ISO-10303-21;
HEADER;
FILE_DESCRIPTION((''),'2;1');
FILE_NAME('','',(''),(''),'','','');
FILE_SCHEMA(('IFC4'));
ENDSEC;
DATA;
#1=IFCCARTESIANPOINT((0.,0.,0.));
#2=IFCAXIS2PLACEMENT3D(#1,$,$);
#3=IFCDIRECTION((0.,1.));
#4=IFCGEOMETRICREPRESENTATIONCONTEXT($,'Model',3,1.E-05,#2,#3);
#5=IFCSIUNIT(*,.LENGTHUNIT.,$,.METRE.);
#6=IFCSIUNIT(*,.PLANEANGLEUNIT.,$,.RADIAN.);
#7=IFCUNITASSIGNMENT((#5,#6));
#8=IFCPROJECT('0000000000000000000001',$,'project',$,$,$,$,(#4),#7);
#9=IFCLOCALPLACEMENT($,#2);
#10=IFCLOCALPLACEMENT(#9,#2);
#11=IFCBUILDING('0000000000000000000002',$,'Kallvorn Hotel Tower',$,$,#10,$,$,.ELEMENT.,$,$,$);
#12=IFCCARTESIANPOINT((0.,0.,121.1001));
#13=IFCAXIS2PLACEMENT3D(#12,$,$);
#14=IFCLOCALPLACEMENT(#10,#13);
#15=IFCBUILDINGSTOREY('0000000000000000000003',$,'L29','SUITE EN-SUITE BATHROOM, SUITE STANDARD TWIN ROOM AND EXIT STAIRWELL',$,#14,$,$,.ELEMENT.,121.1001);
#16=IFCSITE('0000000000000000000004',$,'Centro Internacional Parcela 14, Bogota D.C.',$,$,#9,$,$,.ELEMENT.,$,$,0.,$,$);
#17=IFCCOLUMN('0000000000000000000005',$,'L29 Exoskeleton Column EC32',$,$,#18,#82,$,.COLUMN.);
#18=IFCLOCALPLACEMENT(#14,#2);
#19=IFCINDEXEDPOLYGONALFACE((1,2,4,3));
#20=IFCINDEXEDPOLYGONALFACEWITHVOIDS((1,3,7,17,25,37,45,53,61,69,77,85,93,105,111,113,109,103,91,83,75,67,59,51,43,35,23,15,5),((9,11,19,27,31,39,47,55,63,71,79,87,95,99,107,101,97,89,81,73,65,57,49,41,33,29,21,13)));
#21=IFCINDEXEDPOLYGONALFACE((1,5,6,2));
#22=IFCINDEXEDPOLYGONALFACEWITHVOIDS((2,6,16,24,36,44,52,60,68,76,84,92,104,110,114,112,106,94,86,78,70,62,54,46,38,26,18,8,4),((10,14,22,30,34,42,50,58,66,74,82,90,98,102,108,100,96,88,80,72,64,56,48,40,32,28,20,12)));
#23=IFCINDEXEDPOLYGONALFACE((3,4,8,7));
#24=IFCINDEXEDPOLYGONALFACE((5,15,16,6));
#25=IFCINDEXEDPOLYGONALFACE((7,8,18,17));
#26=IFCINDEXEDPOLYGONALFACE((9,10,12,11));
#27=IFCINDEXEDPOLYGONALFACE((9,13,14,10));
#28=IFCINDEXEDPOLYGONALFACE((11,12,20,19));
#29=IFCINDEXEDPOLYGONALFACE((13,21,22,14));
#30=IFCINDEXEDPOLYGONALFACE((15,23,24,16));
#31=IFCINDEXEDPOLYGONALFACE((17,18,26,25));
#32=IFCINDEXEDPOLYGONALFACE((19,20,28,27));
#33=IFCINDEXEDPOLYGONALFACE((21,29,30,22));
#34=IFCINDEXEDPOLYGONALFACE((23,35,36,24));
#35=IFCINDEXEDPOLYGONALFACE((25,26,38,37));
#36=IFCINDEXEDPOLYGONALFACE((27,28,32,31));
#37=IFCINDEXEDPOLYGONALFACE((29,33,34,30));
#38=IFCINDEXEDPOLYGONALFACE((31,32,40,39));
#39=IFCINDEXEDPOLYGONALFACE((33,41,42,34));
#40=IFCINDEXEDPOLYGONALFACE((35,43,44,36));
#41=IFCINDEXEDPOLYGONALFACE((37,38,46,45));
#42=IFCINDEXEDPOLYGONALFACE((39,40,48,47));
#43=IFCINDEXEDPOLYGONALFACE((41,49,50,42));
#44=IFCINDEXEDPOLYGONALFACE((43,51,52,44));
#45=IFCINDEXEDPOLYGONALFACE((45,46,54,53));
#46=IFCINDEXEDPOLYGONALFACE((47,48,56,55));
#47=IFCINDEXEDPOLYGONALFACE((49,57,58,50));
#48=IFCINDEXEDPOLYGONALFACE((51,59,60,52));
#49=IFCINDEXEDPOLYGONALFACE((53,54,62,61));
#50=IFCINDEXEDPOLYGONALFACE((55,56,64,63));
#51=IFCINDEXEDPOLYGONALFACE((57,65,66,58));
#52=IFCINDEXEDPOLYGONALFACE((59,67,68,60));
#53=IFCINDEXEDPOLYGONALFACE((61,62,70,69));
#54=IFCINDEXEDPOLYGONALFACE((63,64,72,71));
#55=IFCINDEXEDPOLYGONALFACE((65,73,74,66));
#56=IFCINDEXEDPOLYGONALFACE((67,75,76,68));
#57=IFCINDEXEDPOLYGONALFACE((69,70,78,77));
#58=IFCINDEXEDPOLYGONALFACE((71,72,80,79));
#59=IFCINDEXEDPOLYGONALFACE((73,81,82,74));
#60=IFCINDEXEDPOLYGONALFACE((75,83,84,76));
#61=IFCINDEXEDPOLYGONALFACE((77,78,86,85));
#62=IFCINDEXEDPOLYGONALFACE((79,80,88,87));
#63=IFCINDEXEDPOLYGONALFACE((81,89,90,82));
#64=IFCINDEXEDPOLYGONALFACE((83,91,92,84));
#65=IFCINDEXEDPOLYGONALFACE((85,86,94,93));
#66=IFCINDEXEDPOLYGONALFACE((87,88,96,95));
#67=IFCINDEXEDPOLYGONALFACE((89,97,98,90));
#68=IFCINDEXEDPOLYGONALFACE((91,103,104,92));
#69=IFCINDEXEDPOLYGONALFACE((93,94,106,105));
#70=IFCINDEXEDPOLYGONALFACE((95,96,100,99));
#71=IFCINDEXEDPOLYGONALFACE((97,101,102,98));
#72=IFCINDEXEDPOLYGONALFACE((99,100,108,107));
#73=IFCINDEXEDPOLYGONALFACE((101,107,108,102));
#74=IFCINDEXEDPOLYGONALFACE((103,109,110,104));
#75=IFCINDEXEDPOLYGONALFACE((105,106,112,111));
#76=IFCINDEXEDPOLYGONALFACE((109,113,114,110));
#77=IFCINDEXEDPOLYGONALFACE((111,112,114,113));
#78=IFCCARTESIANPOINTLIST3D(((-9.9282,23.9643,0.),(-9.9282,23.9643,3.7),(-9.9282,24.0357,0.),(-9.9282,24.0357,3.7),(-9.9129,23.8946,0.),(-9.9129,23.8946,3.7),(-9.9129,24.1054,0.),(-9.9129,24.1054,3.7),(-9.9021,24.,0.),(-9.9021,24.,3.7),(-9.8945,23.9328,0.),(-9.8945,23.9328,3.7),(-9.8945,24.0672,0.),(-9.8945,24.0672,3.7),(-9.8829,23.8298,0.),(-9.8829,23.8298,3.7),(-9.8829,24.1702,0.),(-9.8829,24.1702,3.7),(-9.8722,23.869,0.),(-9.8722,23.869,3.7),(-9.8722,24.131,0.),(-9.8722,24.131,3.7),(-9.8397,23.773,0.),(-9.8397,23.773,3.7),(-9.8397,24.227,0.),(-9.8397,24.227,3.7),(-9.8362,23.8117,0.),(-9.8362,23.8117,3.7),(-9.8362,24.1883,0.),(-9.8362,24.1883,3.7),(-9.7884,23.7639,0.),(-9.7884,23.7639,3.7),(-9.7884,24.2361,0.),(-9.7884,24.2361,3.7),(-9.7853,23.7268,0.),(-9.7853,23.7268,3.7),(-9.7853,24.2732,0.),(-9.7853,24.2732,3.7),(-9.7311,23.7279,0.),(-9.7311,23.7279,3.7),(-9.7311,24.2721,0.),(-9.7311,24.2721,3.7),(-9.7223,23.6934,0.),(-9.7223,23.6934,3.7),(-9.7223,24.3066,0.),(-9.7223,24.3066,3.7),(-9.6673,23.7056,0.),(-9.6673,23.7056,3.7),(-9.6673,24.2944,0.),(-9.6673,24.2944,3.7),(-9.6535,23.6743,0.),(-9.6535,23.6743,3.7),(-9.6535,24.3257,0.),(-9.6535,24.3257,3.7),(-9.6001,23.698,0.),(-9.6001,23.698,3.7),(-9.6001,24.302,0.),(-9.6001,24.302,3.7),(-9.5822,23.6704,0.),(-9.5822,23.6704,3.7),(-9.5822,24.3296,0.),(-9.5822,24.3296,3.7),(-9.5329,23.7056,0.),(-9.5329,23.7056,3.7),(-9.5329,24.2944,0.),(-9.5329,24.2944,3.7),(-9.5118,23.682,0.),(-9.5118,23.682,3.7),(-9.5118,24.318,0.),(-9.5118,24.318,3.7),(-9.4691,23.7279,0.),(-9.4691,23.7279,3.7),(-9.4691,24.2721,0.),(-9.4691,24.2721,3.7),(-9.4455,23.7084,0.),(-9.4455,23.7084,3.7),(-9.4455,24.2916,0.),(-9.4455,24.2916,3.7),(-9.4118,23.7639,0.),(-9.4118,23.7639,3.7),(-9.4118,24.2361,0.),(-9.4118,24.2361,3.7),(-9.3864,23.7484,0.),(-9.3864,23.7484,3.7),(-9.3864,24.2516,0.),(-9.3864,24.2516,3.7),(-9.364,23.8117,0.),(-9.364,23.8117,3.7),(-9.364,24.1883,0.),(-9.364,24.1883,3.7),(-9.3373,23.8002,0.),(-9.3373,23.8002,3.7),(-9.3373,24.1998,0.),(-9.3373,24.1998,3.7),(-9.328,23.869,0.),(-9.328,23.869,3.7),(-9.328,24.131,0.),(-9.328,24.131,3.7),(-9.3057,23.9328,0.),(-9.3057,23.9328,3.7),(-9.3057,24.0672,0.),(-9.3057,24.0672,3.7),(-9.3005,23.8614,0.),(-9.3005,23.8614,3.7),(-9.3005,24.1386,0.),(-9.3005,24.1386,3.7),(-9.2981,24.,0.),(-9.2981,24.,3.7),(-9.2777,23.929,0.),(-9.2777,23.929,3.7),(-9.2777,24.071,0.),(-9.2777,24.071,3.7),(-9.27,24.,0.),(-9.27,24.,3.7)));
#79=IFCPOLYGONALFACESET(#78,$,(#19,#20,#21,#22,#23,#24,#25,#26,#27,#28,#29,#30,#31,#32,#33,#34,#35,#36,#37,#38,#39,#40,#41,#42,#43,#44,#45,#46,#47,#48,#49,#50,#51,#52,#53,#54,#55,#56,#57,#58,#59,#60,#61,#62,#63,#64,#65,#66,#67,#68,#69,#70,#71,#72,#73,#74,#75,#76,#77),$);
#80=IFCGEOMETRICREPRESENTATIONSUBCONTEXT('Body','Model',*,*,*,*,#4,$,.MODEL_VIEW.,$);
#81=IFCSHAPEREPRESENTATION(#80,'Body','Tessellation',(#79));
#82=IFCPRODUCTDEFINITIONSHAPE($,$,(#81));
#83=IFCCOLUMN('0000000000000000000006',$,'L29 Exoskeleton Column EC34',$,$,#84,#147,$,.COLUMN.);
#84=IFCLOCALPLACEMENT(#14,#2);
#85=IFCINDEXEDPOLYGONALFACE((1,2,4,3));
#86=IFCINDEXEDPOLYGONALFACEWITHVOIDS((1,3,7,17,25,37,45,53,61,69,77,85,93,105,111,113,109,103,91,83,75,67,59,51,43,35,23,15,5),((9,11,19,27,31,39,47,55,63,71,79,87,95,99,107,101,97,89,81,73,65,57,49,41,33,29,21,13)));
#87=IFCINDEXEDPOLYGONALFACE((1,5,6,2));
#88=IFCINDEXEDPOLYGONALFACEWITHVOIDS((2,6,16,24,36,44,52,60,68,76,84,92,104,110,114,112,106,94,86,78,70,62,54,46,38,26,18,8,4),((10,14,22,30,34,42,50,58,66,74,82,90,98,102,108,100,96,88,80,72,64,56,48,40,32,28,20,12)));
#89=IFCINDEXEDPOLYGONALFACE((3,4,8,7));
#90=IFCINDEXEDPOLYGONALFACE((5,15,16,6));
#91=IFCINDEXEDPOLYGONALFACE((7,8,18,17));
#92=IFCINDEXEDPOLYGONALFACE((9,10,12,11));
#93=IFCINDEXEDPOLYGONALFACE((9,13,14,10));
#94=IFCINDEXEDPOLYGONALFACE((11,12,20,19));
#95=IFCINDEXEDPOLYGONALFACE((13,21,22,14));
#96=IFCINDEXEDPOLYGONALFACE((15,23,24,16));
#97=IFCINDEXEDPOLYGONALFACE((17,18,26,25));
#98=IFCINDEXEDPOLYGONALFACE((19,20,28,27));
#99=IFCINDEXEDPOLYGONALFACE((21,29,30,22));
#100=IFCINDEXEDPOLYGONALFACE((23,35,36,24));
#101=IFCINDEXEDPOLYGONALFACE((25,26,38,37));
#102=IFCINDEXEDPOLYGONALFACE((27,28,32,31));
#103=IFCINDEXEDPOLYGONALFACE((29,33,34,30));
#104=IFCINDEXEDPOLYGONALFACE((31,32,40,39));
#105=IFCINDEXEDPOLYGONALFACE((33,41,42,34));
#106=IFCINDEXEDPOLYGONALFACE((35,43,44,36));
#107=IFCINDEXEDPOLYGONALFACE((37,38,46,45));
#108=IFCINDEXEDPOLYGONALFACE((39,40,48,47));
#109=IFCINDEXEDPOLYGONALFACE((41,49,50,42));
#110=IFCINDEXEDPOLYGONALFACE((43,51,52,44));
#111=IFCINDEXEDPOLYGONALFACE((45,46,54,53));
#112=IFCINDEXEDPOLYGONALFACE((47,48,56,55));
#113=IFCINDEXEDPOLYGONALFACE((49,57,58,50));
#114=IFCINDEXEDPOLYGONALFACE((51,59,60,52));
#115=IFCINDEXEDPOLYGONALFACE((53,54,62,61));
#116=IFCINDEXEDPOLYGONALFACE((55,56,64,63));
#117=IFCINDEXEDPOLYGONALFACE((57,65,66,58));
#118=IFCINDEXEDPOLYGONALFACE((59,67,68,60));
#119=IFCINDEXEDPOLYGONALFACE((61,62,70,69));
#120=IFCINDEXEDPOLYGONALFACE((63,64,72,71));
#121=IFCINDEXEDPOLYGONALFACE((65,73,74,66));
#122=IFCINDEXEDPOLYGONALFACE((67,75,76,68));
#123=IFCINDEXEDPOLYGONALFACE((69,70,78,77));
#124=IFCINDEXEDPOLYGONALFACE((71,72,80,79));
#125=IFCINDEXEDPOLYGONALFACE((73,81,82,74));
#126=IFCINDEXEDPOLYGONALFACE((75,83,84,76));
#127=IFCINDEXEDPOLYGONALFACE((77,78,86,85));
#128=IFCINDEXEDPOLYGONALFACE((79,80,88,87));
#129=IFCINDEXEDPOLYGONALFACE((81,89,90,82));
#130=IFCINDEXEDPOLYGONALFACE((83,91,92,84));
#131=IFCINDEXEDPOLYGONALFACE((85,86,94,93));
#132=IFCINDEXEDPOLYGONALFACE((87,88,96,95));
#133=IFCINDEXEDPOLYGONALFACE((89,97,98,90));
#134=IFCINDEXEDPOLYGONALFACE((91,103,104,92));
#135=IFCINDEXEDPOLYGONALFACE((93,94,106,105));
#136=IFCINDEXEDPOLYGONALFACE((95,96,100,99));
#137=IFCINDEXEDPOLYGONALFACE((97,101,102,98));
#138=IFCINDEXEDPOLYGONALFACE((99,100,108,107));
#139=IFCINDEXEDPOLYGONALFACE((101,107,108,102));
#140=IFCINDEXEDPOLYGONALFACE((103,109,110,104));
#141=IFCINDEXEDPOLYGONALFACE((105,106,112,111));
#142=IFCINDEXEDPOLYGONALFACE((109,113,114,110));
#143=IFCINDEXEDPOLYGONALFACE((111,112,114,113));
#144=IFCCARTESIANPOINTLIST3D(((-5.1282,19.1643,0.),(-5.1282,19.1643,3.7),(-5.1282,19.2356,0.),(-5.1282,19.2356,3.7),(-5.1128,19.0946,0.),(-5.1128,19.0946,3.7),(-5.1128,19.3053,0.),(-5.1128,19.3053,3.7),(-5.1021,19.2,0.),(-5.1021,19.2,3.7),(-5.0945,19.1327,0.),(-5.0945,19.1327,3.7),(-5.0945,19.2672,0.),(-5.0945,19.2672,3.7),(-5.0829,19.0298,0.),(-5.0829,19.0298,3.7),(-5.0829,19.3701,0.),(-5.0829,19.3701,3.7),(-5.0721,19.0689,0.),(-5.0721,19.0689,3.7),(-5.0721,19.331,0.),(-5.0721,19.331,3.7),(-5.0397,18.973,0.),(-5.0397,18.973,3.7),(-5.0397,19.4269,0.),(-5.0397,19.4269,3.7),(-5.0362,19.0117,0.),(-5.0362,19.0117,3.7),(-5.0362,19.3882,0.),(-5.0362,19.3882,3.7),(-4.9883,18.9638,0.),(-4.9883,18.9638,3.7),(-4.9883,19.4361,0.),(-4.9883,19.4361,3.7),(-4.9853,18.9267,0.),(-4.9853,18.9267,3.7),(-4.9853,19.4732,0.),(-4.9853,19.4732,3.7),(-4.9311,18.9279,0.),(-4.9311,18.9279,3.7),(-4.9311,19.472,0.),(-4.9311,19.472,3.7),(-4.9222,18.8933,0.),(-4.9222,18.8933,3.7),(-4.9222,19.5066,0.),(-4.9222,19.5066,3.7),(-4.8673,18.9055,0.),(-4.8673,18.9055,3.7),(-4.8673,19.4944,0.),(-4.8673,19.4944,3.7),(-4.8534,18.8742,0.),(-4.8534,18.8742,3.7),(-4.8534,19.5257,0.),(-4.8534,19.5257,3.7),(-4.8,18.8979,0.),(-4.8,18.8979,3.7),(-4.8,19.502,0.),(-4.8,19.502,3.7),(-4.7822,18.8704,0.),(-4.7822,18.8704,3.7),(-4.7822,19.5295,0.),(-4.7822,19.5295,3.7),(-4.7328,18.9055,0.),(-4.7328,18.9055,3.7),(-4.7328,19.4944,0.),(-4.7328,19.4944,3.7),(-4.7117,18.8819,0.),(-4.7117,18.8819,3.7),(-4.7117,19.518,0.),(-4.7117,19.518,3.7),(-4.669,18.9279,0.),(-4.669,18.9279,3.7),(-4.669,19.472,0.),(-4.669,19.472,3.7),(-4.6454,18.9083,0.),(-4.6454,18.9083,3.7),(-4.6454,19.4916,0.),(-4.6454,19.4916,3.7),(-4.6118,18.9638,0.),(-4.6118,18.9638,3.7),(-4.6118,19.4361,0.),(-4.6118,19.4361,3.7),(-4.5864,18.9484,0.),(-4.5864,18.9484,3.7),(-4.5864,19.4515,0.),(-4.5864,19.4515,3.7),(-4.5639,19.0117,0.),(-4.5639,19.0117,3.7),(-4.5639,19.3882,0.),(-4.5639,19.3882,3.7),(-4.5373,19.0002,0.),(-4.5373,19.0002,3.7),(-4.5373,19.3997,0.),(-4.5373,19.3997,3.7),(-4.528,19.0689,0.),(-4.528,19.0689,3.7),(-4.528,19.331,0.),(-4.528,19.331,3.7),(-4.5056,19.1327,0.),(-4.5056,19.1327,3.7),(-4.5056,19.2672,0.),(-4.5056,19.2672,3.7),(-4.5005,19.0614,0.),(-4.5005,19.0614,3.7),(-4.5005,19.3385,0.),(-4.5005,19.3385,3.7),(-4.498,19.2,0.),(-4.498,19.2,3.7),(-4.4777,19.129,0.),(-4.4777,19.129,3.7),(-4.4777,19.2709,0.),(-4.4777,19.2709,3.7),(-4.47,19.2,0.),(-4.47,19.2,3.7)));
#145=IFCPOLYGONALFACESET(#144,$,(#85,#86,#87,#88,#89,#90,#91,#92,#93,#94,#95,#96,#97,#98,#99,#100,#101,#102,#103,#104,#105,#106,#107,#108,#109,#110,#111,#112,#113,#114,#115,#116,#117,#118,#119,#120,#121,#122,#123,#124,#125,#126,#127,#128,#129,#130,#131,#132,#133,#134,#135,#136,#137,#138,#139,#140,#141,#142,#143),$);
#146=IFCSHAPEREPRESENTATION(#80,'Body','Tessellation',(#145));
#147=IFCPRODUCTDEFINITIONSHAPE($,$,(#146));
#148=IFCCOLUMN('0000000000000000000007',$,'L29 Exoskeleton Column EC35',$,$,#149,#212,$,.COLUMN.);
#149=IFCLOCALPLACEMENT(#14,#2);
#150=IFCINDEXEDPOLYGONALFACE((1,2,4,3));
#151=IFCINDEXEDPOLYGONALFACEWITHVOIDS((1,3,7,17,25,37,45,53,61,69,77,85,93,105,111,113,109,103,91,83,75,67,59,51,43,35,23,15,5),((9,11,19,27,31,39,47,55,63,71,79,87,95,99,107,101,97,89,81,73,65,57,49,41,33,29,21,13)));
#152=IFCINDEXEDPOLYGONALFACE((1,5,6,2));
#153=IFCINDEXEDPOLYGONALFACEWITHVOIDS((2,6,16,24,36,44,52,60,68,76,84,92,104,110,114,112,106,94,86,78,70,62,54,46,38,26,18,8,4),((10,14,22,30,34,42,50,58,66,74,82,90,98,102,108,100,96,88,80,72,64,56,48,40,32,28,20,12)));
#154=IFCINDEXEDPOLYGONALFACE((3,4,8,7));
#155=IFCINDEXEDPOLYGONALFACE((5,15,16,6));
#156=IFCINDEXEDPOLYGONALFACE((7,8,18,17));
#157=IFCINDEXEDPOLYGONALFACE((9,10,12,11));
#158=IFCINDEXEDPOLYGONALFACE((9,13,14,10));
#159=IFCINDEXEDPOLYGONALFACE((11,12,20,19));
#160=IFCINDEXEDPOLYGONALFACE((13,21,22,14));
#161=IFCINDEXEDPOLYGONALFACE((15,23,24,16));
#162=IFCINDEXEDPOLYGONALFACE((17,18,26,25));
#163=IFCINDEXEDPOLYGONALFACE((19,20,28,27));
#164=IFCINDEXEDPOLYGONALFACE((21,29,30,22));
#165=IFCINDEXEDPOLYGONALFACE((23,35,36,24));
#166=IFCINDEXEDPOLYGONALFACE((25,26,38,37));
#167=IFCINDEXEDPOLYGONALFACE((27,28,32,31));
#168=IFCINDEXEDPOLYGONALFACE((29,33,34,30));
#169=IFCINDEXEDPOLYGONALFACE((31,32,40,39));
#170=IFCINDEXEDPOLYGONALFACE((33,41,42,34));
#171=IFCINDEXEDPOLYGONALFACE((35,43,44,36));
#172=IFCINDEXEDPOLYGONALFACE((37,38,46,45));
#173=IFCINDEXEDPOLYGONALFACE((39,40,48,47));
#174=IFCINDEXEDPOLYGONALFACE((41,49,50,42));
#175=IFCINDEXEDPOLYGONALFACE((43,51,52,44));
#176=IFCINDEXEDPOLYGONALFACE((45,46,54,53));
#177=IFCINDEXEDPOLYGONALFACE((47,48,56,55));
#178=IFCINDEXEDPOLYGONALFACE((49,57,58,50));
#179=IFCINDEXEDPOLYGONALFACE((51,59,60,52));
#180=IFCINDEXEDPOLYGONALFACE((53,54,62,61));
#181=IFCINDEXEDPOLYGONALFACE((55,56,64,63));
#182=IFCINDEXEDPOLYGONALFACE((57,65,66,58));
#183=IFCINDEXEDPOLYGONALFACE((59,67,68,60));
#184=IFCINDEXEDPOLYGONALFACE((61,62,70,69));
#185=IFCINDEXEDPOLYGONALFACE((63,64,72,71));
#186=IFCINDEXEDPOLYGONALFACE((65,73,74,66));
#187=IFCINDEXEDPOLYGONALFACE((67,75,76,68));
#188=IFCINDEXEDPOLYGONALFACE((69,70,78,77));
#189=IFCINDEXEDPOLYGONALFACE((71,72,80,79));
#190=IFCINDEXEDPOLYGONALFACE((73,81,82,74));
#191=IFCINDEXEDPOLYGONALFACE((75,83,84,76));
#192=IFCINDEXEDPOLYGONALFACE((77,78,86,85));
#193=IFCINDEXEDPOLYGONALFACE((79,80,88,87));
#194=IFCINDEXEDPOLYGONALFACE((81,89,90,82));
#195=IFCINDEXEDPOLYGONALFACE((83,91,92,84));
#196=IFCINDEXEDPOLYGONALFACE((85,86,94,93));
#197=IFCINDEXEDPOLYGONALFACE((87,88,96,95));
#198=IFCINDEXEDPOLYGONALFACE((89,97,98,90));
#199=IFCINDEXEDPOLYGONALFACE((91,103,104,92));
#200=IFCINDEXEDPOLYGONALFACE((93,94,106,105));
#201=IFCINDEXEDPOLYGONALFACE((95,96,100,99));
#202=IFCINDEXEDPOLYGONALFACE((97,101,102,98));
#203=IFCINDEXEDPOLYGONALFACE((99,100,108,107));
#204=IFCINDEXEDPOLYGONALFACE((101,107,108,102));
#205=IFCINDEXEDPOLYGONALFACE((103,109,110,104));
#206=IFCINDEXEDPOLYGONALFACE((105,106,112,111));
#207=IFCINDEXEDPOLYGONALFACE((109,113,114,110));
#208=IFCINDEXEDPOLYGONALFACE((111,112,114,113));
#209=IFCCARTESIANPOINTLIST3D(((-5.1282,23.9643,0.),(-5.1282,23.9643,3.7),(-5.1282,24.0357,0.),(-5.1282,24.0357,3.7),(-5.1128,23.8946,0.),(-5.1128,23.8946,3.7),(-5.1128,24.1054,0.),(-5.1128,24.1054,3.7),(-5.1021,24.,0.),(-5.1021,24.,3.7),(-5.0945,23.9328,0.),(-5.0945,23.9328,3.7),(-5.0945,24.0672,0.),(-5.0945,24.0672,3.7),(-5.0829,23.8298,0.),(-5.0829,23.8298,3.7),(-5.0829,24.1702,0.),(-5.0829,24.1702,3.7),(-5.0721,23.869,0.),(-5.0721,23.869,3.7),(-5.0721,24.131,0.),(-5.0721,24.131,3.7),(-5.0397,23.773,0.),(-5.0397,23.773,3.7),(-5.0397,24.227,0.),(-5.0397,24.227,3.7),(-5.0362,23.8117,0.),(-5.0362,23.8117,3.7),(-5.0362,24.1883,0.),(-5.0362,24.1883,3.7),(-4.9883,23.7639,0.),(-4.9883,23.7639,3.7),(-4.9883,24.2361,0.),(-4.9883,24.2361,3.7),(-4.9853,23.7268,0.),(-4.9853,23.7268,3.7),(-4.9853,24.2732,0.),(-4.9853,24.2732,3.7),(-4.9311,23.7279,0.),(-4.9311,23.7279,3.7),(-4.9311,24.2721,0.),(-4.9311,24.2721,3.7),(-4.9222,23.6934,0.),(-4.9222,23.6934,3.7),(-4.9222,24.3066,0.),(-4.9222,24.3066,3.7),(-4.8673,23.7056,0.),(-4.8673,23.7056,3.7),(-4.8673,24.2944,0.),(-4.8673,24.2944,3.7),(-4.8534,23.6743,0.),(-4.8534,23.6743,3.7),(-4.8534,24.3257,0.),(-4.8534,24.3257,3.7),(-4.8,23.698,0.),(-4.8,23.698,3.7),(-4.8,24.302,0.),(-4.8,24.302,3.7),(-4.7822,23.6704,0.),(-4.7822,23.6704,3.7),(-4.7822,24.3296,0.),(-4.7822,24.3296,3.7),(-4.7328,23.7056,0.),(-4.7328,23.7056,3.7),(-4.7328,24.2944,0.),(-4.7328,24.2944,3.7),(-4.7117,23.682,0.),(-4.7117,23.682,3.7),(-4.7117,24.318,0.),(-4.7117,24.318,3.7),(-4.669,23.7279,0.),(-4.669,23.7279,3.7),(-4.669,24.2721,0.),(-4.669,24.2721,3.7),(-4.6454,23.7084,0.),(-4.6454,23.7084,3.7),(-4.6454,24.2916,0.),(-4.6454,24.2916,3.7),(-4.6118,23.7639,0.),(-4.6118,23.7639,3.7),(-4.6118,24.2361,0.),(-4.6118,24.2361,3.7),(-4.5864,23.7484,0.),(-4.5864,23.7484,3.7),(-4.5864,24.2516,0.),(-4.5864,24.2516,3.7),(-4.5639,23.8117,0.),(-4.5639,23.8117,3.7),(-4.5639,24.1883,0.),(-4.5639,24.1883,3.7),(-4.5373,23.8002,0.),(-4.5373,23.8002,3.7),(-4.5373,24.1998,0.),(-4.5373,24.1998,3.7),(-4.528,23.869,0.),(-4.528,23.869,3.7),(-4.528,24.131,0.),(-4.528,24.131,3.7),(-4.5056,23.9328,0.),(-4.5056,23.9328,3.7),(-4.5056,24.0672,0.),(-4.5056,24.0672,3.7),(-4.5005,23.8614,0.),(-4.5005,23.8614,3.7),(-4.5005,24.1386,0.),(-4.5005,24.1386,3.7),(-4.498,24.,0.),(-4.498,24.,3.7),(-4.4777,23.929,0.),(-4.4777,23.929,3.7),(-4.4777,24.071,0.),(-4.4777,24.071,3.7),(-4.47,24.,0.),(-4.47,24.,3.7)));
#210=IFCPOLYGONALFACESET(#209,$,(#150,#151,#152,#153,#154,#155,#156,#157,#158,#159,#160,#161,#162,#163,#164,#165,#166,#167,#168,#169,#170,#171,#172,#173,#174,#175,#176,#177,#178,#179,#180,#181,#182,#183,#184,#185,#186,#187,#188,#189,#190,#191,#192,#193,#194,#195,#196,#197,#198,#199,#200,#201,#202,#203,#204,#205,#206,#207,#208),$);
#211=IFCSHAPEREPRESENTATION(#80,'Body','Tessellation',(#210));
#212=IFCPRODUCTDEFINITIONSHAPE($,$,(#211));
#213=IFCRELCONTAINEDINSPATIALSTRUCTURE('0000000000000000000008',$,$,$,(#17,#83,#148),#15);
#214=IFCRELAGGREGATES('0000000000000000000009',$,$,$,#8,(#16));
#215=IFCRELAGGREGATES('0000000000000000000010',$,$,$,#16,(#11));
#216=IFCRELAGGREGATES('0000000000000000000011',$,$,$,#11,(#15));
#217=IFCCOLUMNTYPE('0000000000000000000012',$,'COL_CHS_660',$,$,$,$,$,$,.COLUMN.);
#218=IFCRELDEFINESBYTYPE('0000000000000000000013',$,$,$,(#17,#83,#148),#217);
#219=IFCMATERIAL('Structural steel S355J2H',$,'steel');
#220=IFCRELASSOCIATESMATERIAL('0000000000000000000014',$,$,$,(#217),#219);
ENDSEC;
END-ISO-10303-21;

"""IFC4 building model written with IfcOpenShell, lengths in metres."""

from ifc_helpers import new_model, si_unit, direction, frame, origin, origin_2d, place, context, subcontext, project, spatial, hollow_circle, extrude, material, material_profile, profile_set, type_object, element, save


model = new_model("IFC4")

# Units and contexts
model_context = context("Model", 3, precision=1e-05, world=origin(), true_north=direction((0.0, 1.0)))
body_context = subcontext(model_context, "Body", "Model", "MODEL_VIEW")
ifc_project = project(units=[si_unit("LENGTHUNIT", "METRE"), si_unit("PLANEANGLEUNIT", "RADIAN")], contexts=[model_context])

# Site, building, storey
site_placement = place(None, origin())
site = spatial("IfcSite", under=ifc_project, at=site_placement, Name="Centro Internacional Parcela 14, Bogota D.C.", CompositionType="ELEMENT", RefElevation=0.0)
building_placement = place(site_placement, origin())
building = spatial("IfcBuilding", under=site, at=building_placement, Name="Kallvorn Hotel Tower", CompositionType="ELEMENT")
storey_placement = place(building_placement, frame((0.0, 0.0, 121.1001)))
storey = spatial("IfcBuildingStorey", under=building, at=storey_placement, Name="L29", Description="SUITE EN-SUITE BATHROOM, SUITE STANDARD TWIN ROOM AND EXIT STAIRWELL", CompositionType="ELEMENT", Elevation=121.1001)

# Columns
ifc_material_1 = material(Name="Structural steel S355J2H", Category="steel")
ifc_material_profile_1 = material_profile(ifc_material_1, hollow_circle(Radius=0.3301, WallThickness=0.0281, at=origin_2d()), Name="CHS 660x28")
ifc_profile_set_1 = profile_set([ifc_material_profile_1], Name="Structural steel S355J2H")
column_type_1 = type_object("IfcColumnType", Name="COL_CHS_660", PredefinedType="COLUMN", material=ifc_profile_set_1)
for number, where, z_axis, x_axis, name in (
    (1, (-9.6001, 24.0, 0.0), (0.0, 0.0, 1.0), (1.0, 0.0, 0.0), "L29 Exoskeleton Column EC32"),
    (2, (-4.8, 19.2, 0.0), (0.0, 0.0, 1.0), (1.0, 0.0, 0.0), "L29 Exoskeleton Column EC34"),
    (3, (-4.8, 24.0, 0.0), (0.0, 0.0, 1.0), (1.0, 0.0, 0.0), "L29 Exoskeleton Column EC35"),
):
    element("IfcColumn", number, at=place(storey_placement, frame(where, z_axis=z_axis, x_axis=x_axis)), inside=storey, type_object=column_type_1, Name=name, PredefinedType="COLUMN", context=body_context, shape_type="SweptSolid", body=[
        extrude(hollow_circle(Radius=0.3301, WallThickness=0.0281, at=origin_2d()), origin(), (0.0, 0.0, 1.0), 3.7),
    ])

save(model, "model.ifc")
